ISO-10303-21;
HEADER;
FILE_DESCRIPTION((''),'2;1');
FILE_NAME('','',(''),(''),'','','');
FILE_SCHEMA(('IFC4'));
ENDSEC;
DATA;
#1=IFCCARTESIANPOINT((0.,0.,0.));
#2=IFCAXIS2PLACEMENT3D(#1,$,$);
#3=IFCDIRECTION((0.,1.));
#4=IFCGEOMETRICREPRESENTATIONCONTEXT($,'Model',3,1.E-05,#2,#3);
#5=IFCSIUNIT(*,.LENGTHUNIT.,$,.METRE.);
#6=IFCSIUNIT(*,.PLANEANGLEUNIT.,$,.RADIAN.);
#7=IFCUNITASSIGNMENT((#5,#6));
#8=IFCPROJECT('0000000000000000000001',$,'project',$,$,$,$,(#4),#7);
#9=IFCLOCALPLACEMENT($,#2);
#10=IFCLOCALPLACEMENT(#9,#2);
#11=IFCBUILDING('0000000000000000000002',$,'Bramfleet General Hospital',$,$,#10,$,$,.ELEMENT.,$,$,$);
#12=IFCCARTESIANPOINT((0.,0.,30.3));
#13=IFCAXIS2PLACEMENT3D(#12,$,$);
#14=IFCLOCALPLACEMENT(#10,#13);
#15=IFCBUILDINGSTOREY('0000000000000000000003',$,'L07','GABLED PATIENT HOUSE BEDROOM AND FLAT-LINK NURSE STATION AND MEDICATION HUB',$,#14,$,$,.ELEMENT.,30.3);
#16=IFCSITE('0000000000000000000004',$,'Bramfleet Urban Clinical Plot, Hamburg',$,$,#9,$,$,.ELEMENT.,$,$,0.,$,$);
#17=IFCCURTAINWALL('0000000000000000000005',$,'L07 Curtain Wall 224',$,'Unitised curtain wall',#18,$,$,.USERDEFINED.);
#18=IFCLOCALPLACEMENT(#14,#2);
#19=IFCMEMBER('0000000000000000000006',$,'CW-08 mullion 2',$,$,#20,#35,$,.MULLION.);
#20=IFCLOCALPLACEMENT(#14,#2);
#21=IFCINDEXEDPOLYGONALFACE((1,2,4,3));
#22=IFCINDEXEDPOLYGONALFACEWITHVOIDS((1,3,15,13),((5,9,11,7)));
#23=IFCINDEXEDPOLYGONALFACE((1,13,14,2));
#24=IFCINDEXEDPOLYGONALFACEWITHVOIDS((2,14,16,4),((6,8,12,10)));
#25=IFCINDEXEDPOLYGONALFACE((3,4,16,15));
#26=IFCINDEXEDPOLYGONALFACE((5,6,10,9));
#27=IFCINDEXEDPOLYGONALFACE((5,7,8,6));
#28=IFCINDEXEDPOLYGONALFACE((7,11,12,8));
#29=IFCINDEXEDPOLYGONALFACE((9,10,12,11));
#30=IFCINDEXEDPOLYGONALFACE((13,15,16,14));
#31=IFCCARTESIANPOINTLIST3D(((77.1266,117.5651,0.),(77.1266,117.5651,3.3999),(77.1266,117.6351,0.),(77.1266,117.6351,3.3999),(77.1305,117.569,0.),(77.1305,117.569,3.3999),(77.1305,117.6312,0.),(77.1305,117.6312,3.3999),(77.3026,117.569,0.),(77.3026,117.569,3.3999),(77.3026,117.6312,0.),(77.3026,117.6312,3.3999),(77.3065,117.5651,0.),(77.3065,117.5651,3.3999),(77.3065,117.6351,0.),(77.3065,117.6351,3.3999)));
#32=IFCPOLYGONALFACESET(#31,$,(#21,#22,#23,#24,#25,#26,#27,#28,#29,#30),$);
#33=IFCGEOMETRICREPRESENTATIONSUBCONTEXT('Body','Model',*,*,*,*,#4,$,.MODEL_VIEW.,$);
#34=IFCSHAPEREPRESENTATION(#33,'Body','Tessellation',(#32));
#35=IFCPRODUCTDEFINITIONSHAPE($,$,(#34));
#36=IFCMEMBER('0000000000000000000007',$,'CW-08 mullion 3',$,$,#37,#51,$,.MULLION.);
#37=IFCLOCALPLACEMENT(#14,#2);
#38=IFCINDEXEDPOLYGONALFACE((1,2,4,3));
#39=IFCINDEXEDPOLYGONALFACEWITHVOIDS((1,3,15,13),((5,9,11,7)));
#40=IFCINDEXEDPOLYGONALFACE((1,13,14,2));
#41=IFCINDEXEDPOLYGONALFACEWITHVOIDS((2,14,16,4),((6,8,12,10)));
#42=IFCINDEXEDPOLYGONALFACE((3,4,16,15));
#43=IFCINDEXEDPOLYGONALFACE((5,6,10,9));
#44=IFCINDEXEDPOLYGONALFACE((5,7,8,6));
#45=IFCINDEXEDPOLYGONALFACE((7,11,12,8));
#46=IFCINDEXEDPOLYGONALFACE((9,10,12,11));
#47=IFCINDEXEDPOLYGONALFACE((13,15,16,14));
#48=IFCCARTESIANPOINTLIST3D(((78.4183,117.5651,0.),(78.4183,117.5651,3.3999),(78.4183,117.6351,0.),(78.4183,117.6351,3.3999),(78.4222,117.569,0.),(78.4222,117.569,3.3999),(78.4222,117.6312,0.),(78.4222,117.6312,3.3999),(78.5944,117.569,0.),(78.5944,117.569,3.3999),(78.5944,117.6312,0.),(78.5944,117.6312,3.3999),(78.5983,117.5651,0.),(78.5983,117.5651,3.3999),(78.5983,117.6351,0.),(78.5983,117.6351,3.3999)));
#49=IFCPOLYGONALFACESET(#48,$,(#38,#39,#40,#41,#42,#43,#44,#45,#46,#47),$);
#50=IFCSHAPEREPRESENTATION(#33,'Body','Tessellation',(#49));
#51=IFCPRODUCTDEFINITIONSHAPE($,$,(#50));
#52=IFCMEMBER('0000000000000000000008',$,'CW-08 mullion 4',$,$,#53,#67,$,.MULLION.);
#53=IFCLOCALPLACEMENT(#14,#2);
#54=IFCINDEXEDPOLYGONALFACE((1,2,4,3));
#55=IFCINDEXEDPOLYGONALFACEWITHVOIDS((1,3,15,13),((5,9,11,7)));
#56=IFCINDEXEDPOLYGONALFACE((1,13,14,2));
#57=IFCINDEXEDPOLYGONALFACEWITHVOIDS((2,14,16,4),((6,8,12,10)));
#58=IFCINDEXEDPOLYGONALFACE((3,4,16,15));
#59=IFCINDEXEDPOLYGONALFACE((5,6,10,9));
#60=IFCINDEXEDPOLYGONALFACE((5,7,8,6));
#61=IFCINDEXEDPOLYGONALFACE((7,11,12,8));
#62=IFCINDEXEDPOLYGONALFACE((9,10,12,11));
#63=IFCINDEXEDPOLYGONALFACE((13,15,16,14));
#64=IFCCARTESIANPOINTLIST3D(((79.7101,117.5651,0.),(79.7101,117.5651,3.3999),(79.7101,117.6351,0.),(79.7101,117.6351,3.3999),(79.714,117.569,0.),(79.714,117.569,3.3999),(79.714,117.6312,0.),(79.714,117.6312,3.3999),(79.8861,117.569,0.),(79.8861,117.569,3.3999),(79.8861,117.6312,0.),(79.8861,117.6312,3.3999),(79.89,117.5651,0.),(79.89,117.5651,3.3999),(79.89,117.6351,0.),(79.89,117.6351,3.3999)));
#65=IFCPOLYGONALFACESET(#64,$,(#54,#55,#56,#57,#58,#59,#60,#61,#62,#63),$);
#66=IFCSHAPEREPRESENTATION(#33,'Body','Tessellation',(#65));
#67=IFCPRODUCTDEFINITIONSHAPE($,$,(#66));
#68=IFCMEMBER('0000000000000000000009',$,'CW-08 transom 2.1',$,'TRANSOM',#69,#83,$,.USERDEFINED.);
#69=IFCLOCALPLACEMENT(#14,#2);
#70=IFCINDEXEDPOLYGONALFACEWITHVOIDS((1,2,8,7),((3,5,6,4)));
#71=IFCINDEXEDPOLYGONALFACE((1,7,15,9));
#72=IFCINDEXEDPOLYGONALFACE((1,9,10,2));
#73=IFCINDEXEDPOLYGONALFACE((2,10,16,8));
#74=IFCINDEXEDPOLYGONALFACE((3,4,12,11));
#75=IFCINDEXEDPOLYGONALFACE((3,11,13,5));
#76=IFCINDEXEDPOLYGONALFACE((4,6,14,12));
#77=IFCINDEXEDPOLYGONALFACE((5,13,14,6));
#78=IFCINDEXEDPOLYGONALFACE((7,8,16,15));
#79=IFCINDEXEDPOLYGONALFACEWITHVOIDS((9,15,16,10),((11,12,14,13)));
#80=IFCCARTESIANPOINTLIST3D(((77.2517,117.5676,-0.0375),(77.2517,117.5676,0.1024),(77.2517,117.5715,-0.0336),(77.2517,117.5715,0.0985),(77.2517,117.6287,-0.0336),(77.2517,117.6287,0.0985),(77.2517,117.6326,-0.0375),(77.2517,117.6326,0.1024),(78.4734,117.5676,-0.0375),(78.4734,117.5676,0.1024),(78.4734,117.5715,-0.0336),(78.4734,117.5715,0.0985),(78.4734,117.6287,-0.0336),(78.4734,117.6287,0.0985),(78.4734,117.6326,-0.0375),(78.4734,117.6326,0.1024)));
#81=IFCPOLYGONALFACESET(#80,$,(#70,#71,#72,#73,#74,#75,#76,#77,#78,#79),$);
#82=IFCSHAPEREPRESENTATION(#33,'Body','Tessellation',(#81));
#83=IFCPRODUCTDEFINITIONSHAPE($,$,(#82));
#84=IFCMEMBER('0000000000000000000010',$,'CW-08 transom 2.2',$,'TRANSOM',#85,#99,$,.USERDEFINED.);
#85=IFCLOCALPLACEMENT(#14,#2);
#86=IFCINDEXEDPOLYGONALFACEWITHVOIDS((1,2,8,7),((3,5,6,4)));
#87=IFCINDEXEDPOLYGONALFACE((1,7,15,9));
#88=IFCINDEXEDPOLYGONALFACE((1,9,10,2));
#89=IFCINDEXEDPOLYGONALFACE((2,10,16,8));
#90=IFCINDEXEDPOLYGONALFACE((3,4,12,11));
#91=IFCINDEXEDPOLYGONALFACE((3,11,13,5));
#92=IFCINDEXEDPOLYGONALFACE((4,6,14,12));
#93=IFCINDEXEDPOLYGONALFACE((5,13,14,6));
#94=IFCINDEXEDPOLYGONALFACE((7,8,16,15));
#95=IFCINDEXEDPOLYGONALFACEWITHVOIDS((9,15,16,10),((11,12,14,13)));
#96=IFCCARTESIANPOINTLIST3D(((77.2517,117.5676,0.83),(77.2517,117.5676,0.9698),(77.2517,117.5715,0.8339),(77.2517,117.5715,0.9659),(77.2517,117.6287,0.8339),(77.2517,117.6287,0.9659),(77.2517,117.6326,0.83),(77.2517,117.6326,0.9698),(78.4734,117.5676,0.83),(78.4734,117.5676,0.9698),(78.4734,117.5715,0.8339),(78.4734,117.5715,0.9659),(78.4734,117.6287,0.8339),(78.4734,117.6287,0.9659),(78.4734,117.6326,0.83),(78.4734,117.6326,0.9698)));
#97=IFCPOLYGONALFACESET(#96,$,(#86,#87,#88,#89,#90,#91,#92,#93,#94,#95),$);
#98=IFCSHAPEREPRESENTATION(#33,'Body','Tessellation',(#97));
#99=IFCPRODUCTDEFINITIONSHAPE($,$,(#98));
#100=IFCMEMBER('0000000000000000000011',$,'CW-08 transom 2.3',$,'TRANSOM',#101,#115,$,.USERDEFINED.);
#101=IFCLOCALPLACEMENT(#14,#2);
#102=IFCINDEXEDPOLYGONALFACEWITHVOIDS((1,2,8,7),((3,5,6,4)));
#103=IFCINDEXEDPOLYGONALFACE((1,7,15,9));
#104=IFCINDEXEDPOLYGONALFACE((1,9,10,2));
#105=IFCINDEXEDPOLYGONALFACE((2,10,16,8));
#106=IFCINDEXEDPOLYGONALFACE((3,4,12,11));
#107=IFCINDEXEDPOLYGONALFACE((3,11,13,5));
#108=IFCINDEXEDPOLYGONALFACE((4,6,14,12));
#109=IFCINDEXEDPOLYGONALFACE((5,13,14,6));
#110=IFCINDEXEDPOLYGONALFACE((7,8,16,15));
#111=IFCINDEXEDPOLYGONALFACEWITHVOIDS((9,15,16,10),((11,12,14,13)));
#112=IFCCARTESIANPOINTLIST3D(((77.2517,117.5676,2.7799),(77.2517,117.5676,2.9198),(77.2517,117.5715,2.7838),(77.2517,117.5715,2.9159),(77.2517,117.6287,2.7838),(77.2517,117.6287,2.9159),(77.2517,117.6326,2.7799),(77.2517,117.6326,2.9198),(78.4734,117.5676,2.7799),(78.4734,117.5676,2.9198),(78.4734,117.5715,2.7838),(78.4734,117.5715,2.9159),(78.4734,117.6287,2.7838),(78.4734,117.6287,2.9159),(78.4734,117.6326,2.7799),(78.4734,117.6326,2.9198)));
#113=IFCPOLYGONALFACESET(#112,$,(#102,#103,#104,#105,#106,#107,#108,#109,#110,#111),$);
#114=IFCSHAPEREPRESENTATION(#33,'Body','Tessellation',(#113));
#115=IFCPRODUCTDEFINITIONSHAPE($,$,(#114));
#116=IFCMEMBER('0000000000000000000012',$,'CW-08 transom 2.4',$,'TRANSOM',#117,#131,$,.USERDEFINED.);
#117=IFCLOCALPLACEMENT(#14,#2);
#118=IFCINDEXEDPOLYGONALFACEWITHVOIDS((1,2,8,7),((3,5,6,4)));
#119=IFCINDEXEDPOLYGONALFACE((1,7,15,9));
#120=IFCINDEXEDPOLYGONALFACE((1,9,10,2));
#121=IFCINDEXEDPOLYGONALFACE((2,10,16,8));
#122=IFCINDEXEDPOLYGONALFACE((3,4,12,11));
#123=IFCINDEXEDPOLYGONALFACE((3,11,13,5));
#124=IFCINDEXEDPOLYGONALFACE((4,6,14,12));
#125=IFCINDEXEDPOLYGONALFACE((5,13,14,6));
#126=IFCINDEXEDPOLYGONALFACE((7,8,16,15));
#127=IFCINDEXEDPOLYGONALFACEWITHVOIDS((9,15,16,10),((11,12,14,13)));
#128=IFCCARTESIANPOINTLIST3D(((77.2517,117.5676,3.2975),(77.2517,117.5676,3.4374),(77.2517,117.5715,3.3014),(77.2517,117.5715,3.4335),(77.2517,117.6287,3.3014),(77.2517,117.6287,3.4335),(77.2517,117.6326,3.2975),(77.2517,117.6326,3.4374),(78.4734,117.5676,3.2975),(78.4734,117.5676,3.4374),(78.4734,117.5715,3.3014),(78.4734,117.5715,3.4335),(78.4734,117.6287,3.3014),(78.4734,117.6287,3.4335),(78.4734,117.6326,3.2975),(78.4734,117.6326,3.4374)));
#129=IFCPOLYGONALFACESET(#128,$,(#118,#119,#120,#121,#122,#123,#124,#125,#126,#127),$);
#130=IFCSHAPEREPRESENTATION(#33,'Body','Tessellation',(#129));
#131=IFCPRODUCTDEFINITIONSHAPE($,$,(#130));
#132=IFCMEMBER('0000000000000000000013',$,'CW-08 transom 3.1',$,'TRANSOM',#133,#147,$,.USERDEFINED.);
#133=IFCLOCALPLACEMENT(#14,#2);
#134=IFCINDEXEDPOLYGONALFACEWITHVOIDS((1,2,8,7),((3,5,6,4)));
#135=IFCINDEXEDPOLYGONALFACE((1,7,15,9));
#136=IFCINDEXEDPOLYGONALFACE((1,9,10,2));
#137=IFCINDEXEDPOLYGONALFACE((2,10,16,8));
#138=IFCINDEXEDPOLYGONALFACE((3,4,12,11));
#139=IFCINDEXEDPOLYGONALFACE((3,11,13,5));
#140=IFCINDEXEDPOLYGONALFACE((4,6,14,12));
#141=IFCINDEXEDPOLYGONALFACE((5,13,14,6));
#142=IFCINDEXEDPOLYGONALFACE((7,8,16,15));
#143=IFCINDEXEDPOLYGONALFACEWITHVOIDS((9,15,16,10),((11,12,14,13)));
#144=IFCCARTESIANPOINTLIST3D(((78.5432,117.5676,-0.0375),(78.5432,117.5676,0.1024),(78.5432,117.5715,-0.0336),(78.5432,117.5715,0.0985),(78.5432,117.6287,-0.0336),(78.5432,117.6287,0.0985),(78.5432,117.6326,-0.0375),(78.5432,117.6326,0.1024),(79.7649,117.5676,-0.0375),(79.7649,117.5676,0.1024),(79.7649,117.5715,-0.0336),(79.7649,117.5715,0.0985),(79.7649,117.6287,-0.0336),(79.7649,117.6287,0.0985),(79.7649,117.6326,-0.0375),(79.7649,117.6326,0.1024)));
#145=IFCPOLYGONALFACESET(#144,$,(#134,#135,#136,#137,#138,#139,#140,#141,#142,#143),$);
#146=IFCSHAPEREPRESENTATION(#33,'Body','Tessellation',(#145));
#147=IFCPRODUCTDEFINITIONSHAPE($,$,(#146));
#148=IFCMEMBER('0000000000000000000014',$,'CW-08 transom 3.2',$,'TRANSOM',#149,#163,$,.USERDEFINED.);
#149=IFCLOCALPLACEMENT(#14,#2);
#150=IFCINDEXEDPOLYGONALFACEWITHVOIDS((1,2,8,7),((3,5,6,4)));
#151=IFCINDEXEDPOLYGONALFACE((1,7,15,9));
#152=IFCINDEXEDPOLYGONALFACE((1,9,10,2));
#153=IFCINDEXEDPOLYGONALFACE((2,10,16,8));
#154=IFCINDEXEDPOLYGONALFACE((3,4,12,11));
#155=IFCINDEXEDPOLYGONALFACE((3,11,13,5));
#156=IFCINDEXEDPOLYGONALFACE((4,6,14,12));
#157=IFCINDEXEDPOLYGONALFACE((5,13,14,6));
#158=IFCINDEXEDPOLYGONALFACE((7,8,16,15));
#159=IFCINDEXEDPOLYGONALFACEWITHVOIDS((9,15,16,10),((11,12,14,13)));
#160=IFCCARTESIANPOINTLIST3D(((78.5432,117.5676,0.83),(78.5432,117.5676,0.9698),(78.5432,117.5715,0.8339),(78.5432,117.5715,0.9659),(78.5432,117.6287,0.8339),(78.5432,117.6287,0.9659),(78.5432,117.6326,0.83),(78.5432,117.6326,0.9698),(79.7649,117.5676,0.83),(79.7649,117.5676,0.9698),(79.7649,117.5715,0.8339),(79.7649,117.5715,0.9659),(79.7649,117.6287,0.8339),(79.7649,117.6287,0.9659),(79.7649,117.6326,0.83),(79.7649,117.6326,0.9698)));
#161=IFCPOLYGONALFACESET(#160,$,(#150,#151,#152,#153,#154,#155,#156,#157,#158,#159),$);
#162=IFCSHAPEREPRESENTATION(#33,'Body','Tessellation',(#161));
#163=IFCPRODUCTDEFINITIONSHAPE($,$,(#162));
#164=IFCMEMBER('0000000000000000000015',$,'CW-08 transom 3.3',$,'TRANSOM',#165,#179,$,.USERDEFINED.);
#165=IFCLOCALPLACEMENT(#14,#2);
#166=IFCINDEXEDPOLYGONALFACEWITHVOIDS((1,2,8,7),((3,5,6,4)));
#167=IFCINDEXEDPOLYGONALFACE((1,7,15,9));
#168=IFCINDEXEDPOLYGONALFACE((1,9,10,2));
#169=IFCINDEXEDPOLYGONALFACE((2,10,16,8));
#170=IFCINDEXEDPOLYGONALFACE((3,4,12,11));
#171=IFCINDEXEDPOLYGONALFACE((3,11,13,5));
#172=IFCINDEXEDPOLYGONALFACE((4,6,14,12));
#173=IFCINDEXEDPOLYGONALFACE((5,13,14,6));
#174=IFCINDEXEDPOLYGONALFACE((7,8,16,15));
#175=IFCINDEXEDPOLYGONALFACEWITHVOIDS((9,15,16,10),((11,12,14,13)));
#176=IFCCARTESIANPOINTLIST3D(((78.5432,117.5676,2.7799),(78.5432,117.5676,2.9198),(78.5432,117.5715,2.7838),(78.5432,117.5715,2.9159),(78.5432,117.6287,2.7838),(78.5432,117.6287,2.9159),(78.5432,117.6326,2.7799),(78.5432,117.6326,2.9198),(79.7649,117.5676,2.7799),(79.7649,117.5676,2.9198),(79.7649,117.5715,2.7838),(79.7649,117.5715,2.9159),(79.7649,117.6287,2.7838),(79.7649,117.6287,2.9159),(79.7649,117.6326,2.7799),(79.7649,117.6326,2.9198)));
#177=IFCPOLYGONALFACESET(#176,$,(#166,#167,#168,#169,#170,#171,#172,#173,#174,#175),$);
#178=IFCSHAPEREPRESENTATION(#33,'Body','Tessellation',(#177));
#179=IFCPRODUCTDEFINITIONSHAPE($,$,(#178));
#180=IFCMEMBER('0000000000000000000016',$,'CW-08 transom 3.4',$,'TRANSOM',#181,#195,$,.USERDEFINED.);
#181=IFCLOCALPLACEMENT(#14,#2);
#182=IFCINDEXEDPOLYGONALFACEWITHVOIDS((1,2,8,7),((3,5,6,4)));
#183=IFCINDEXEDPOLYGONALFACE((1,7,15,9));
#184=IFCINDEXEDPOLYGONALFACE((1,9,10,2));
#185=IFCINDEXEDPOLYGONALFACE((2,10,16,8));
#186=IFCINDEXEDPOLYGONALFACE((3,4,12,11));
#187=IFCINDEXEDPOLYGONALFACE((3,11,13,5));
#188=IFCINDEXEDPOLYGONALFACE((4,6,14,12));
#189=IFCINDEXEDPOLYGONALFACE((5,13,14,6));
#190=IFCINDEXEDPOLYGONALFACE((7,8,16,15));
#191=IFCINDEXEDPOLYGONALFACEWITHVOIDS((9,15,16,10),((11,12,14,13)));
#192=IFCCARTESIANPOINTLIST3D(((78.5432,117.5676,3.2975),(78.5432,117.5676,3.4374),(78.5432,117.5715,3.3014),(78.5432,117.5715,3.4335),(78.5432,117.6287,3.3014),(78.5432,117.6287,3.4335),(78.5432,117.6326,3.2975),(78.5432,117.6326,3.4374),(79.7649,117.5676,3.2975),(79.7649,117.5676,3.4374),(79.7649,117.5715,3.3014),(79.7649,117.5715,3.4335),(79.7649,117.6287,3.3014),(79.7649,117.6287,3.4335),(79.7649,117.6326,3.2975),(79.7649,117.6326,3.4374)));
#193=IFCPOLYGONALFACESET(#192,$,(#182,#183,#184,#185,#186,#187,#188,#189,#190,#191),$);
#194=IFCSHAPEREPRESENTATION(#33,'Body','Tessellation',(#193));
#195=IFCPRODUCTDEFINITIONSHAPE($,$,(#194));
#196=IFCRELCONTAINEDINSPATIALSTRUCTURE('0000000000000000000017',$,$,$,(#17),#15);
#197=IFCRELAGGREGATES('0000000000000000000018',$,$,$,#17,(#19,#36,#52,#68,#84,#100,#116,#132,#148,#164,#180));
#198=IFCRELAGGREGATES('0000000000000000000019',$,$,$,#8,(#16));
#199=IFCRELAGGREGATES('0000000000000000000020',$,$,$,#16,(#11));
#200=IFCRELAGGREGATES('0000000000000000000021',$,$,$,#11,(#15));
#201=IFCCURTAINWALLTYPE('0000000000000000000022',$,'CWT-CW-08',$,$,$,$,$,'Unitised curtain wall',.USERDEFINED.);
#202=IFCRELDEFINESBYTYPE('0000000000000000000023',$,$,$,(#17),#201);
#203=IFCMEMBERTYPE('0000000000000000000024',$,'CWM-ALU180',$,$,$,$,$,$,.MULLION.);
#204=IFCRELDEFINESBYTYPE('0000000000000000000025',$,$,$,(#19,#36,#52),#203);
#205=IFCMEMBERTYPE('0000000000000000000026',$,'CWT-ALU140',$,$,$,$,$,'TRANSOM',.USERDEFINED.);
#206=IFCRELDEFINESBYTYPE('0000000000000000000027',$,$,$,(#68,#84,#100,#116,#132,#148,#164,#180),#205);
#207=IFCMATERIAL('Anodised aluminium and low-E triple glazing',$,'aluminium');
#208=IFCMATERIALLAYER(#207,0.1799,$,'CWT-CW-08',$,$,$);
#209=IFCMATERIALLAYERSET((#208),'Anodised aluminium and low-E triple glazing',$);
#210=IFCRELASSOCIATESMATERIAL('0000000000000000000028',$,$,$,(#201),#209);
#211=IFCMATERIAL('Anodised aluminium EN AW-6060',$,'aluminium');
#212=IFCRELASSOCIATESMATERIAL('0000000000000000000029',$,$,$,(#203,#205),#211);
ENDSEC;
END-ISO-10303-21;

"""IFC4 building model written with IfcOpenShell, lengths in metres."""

from ifc_helpers import new_model, si_unit, direction, frame, origin, origin_2d, place, context, subcontext, project, spatial, hollow_rectangle, extrude, material, layer, layer_set, material_profile, profile_set, type_object, element, aggregate, save


model = new_model("IFC4")

# Units and contexts
model_context = context("Model", 3, precision=1e-05, world=origin(), true_north=direction((0.0, 1.0)))
body_context = subcontext(model_context, "Body", "Model", "MODEL_VIEW")
ifc_project = project(units=[si_unit("LENGTHUNIT", "METRE"), si_unit("PLANEANGLEUNIT", "RADIAN")], contexts=[model_context])

# Site, building, storey
site_placement = place(None, origin())
site = spatial("IfcSite", under=ifc_project, at=site_placement, Name="Bramfleet Urban Clinical Plot, Hamburg", CompositionType="ELEMENT", RefElevation=0.0)
building_placement = place(site_placement, origin())
building = spatial("IfcBuilding", under=site, at=building_placement, Name="Bramfleet General Hospital", CompositionType="ELEMENT")
storey_placement = place(building_placement, frame((0.0, 0.0, 30.3)))
storey = spatial("IfcBuildingStorey", under=building, at=storey_placement, Name="L07", Description="GABLED PATIENT HOUSE BEDROOM AND FLAT-LINK NURSE STATION AND MEDICATION HUB", CompositionType="ELEMENT", Elevation=30.3)

# Curtain wall, members
ifc_material_1 = material(Name="Anodised aluminium and low-E triple glazing", Category="aluminium")
ifc_layer_1 = layer(ifc_material_1, 0.1799, Name="CWT-CW-08")
ifc_layer_set_1 = layer_set([ifc_layer_1], Name="Anodised aluminium and low-E triple glazing")
curtain_wall_type = type_object("IfcCurtainWallType", Name="CWT-CW-08", ElementType="Unitised curtain wall", PredefinedType="USERDEFINED", material=ifc_layer_set_1)
curtain_wall_placement = place(storey_placement, origin())
curtain_wall = element("IfcCurtainWall", 1, at=curtain_wall_placement, inside=storey, type_object=curtain_wall_type, Name="L07 Curtain Wall 224", ObjectType="Unitised curtain wall", PredefinedType="USERDEFINED")
ifc_material_2 = material(Name="Anodised aluminium EN AW-6060", Category="aluminium")
ifc_material_profile_1 = material_profile(ifc_material_2, hollow_rectangle(XDim=0.0701, YDim=0.1799, WallThickness=0.0039, at=origin_2d()), Name="ALU 180x70x4.0")
ifc_profile_set_1 = profile_set([ifc_material_profile_1], Name="Anodised aluminium EN AW-6060")
member_type_1 = type_object("IfcMemberType", Name="CWM-ALU180", PredefinedType="MULLION", material=ifc_profile_set_1)
member_1_placement = place(storey_placement, frame((77.2166, 117.6001, 0.0), z_axis=(0.0, 0.0, 1.0), x_axis=(0.0, 1.0, 0.0)))
member_1 = element("IfcMember", 2, at=member_1_placement, type_object=member_type_1, Name="CW-08 mullion 2", PredefinedType="MULLION", context=body_context, shape_type="SweptSolid", body=[
    extrude(hollow_rectangle(XDim=0.0701, YDim=0.1799, WallThickness=0.0039, at=origin_2d()), origin(), (0.0, 0.0, 1.0), 3.3999),
])
member_2_placement = place(storey_placement, frame((78.5083, 117.6001, 0.0), z_axis=(0.0, 0.0, 1.0), x_axis=(0.0, 1.0, 0.0)))
member_2 = element("IfcMember", 3, at=member_2_placement, type_object=member_type_1, Name="CW-08 mullion 3", PredefinedType="MULLION", context=body_context, shape_type="SweptSolid", body=[
    extrude(hollow_rectangle(XDim=0.0701, YDim=0.1799, WallThickness=0.0039, at=origin_2d()), origin(), (0.0, 0.0, 1.0), 3.3999),
])
member_3_placement = place(storey_placement, frame((79.8, 117.6001, 0.0), z_axis=(0.0, 0.0, 1.0), x_axis=(0.0, 1.0, 0.0)))
member_3 = element("IfcMember", 4, at=member_3_placement, type_object=member_type_1, Name="CW-08 mullion 4", PredefinedType="MULLION", context=body_context, shape_type="SweptSolid", body=[
    extrude(hollow_rectangle(XDim=0.0701, YDim=0.1799, WallThickness=0.0039, at=origin_2d()), origin(), (0.0, 0.0, 1.0), 3.3999),
])
ifc_material_profile_2 = material_profile(ifc_material_2, hollow_rectangle(XDim=0.0649, YDim=0.1399, WallThickness=0.0039, at=origin_2d()), Name="ALU 140x65x4.0")
ifc_profile_set_2 = profile_set([ifc_material_profile_2], Name="Anodised aluminium EN AW-6060")
member_type_2 = type_object("IfcMemberType", Name="CWT-ALU140", ElementType="TRANSOM", PredefinedType="USERDEFINED", material=ifc_profile_set_2)
member_4_placement = place(storey_placement, frame((77.2517, 117.6001, 0.0325), z_axis=(1.0, 0.0, 0.0), x_axis=(0.0, 1.0, 0.0)))
member_4 = element("IfcMember", 5, at=member_4_placement, type_object=member_type_2, Name="CW-08 transom 2.1", ObjectType="TRANSOM", PredefinedType="USERDEFINED", context=body_context, shape_type="SweptSolid", body=[
    extrude(hollow_rectangle(XDim=0.0649, YDim=0.1399, WallThickness=0.0039, at=origin_2d()), origin(), (0.0, 0.0, 1.0), 1.2217),
])
member_5_placement = place(storey_placement, frame((77.2517, 117.6001, 0.8999), z_axis=(1.0, 0.0, 0.0), x_axis=(0.0, 1.0, 0.0)))
member_5 = element("IfcMember", 6, at=member_5_placement, type_object=member_type_2, Name="CW-08 transom 2.2", ObjectType="TRANSOM", PredefinedType="USERDEFINED", context=body_context, shape_type="SweptSolid", body=[
    extrude(hollow_rectangle(XDim=0.0649, YDim=0.1399, WallThickness=0.0039, at=origin_2d()), origin(), (0.0, 0.0, 1.0), 1.2217),
])
member_6_placement = place(storey_placement, frame((77.2517, 117.6001, 2.8499), z_axis=(1.0, 0.0, 0.0), x_axis=(0.0, 1.0, 0.0)))
member_6 = element("IfcMember", 7, at=member_6_placement, type_object=member_type_2, Name="CW-08 transom 2.3", ObjectType="TRANSOM", PredefinedType="USERDEFINED", context=body_context, shape_type="SweptSolid", body=[
    extrude(hollow_rectangle(XDim=0.0649, YDim=0.1399, WallThickness=0.0039, at=origin_2d()), origin(), (0.0, 0.0, 1.0), 1.2217),
])
member_7_placement = place(storey_placement, frame((77.2517, 117.6001, 3.3674), z_axis=(1.0, 0.0, 0.0), x_axis=(0.0, 1.0, 0.0)))
member_7 = element("IfcMember", 8, at=member_7_placement, type_object=member_type_2, Name="CW-08 transom 2.4", ObjectType="TRANSOM", PredefinedType="USERDEFINED", context=body_context, shape_type="SweptSolid", body=[
    extrude(hollow_rectangle(XDim=0.0649, YDim=0.1399, WallThickness=0.0039, at=origin_2d()), origin(), (0.0, 0.0, 1.0), 1.2217),
])
member_8_placement = place(storey_placement, frame((78.5432, 117.6001, 0.0325), z_axis=(1.0, 0.0, 0.0), x_axis=(0.0, 1.0, 0.0)))
member_8 = element("IfcMember", 9, at=member_8_placement, type_object=member_type_2, Name="CW-08 transom 3.1", ObjectType="TRANSOM", PredefinedType="USERDEFINED", context=body_context, shape_type="SweptSolid", body=[
    extrude(hollow_rectangle(XDim=0.0649, YDim=0.1399, WallThickness=0.0039, at=origin_2d()), origin(), (0.0, 0.0, 1.0), 1.2217),
])
member_9_placement = place(storey_placement, frame((78.5432, 117.6001, 0.8999), z_axis=(1.0, 0.0, 0.0), x_axis=(0.0, 1.0, 0.0)))
member_9 = element("IfcMember", 10, at=member_9_placement, type_object=member_type_2, Name="CW-08 transom 3.2", ObjectType="TRANSOM", PredefinedType="USERDEFINED", context=body_context, shape_type="SweptSolid", body=[
    extrude(hollow_rectangle(XDim=0.0649, YDim=0.1399, WallThickness=0.0039, at=origin_2d()), origin(), (0.0, 0.0, 1.0), 1.2217),
])
member_10_placement = place(storey_placement, frame((78.5432, 117.6001, 2.8499), z_axis=(1.0, 0.0, 0.0), x_axis=(0.0, 1.0, 0.0)))
member_10 = element("IfcMember", 11, at=member_10_placement, type_object=member_type_2, Name="CW-08 transom 3.3", ObjectType="TRANSOM", PredefinedType="USERDEFINED", context=body_context, shape_type="SweptSolid", body=[
    extrude(hollow_rectangle(XDim=0.0649, YDim=0.1399, WallThickness=0.0039, at=origin_2d()), origin(), (0.0, 0.0, 1.0), 1.2217),
])
member_11_placement = place(storey_placement, frame((78.5432, 117.6001, 3.3674), z_axis=(1.0, 0.0, 0.0), x_axis=(0.0, 1.0, 0.0)))
member_11 = element("IfcMember", 12, at=member_11_placement, type_object=member_type_2, Name="CW-08 transom 3.4", ObjectType="TRANSOM", PredefinedType="USERDEFINED", context=body_context, shape_type="SweptSolid", body=[
    extrude(hollow_rectangle(XDim=0.0649, YDim=0.1399, WallThickness=0.0039, at=origin_2d()), origin(), (0.0, 0.0, 1.0), 1.2217),
])
aggregate(curtain_wall, [member_1, member_2, member_3, member_4, member_5, member_6, member_7, member_8, member_9, member_10, member_11])

save(model, "model.ifc")
